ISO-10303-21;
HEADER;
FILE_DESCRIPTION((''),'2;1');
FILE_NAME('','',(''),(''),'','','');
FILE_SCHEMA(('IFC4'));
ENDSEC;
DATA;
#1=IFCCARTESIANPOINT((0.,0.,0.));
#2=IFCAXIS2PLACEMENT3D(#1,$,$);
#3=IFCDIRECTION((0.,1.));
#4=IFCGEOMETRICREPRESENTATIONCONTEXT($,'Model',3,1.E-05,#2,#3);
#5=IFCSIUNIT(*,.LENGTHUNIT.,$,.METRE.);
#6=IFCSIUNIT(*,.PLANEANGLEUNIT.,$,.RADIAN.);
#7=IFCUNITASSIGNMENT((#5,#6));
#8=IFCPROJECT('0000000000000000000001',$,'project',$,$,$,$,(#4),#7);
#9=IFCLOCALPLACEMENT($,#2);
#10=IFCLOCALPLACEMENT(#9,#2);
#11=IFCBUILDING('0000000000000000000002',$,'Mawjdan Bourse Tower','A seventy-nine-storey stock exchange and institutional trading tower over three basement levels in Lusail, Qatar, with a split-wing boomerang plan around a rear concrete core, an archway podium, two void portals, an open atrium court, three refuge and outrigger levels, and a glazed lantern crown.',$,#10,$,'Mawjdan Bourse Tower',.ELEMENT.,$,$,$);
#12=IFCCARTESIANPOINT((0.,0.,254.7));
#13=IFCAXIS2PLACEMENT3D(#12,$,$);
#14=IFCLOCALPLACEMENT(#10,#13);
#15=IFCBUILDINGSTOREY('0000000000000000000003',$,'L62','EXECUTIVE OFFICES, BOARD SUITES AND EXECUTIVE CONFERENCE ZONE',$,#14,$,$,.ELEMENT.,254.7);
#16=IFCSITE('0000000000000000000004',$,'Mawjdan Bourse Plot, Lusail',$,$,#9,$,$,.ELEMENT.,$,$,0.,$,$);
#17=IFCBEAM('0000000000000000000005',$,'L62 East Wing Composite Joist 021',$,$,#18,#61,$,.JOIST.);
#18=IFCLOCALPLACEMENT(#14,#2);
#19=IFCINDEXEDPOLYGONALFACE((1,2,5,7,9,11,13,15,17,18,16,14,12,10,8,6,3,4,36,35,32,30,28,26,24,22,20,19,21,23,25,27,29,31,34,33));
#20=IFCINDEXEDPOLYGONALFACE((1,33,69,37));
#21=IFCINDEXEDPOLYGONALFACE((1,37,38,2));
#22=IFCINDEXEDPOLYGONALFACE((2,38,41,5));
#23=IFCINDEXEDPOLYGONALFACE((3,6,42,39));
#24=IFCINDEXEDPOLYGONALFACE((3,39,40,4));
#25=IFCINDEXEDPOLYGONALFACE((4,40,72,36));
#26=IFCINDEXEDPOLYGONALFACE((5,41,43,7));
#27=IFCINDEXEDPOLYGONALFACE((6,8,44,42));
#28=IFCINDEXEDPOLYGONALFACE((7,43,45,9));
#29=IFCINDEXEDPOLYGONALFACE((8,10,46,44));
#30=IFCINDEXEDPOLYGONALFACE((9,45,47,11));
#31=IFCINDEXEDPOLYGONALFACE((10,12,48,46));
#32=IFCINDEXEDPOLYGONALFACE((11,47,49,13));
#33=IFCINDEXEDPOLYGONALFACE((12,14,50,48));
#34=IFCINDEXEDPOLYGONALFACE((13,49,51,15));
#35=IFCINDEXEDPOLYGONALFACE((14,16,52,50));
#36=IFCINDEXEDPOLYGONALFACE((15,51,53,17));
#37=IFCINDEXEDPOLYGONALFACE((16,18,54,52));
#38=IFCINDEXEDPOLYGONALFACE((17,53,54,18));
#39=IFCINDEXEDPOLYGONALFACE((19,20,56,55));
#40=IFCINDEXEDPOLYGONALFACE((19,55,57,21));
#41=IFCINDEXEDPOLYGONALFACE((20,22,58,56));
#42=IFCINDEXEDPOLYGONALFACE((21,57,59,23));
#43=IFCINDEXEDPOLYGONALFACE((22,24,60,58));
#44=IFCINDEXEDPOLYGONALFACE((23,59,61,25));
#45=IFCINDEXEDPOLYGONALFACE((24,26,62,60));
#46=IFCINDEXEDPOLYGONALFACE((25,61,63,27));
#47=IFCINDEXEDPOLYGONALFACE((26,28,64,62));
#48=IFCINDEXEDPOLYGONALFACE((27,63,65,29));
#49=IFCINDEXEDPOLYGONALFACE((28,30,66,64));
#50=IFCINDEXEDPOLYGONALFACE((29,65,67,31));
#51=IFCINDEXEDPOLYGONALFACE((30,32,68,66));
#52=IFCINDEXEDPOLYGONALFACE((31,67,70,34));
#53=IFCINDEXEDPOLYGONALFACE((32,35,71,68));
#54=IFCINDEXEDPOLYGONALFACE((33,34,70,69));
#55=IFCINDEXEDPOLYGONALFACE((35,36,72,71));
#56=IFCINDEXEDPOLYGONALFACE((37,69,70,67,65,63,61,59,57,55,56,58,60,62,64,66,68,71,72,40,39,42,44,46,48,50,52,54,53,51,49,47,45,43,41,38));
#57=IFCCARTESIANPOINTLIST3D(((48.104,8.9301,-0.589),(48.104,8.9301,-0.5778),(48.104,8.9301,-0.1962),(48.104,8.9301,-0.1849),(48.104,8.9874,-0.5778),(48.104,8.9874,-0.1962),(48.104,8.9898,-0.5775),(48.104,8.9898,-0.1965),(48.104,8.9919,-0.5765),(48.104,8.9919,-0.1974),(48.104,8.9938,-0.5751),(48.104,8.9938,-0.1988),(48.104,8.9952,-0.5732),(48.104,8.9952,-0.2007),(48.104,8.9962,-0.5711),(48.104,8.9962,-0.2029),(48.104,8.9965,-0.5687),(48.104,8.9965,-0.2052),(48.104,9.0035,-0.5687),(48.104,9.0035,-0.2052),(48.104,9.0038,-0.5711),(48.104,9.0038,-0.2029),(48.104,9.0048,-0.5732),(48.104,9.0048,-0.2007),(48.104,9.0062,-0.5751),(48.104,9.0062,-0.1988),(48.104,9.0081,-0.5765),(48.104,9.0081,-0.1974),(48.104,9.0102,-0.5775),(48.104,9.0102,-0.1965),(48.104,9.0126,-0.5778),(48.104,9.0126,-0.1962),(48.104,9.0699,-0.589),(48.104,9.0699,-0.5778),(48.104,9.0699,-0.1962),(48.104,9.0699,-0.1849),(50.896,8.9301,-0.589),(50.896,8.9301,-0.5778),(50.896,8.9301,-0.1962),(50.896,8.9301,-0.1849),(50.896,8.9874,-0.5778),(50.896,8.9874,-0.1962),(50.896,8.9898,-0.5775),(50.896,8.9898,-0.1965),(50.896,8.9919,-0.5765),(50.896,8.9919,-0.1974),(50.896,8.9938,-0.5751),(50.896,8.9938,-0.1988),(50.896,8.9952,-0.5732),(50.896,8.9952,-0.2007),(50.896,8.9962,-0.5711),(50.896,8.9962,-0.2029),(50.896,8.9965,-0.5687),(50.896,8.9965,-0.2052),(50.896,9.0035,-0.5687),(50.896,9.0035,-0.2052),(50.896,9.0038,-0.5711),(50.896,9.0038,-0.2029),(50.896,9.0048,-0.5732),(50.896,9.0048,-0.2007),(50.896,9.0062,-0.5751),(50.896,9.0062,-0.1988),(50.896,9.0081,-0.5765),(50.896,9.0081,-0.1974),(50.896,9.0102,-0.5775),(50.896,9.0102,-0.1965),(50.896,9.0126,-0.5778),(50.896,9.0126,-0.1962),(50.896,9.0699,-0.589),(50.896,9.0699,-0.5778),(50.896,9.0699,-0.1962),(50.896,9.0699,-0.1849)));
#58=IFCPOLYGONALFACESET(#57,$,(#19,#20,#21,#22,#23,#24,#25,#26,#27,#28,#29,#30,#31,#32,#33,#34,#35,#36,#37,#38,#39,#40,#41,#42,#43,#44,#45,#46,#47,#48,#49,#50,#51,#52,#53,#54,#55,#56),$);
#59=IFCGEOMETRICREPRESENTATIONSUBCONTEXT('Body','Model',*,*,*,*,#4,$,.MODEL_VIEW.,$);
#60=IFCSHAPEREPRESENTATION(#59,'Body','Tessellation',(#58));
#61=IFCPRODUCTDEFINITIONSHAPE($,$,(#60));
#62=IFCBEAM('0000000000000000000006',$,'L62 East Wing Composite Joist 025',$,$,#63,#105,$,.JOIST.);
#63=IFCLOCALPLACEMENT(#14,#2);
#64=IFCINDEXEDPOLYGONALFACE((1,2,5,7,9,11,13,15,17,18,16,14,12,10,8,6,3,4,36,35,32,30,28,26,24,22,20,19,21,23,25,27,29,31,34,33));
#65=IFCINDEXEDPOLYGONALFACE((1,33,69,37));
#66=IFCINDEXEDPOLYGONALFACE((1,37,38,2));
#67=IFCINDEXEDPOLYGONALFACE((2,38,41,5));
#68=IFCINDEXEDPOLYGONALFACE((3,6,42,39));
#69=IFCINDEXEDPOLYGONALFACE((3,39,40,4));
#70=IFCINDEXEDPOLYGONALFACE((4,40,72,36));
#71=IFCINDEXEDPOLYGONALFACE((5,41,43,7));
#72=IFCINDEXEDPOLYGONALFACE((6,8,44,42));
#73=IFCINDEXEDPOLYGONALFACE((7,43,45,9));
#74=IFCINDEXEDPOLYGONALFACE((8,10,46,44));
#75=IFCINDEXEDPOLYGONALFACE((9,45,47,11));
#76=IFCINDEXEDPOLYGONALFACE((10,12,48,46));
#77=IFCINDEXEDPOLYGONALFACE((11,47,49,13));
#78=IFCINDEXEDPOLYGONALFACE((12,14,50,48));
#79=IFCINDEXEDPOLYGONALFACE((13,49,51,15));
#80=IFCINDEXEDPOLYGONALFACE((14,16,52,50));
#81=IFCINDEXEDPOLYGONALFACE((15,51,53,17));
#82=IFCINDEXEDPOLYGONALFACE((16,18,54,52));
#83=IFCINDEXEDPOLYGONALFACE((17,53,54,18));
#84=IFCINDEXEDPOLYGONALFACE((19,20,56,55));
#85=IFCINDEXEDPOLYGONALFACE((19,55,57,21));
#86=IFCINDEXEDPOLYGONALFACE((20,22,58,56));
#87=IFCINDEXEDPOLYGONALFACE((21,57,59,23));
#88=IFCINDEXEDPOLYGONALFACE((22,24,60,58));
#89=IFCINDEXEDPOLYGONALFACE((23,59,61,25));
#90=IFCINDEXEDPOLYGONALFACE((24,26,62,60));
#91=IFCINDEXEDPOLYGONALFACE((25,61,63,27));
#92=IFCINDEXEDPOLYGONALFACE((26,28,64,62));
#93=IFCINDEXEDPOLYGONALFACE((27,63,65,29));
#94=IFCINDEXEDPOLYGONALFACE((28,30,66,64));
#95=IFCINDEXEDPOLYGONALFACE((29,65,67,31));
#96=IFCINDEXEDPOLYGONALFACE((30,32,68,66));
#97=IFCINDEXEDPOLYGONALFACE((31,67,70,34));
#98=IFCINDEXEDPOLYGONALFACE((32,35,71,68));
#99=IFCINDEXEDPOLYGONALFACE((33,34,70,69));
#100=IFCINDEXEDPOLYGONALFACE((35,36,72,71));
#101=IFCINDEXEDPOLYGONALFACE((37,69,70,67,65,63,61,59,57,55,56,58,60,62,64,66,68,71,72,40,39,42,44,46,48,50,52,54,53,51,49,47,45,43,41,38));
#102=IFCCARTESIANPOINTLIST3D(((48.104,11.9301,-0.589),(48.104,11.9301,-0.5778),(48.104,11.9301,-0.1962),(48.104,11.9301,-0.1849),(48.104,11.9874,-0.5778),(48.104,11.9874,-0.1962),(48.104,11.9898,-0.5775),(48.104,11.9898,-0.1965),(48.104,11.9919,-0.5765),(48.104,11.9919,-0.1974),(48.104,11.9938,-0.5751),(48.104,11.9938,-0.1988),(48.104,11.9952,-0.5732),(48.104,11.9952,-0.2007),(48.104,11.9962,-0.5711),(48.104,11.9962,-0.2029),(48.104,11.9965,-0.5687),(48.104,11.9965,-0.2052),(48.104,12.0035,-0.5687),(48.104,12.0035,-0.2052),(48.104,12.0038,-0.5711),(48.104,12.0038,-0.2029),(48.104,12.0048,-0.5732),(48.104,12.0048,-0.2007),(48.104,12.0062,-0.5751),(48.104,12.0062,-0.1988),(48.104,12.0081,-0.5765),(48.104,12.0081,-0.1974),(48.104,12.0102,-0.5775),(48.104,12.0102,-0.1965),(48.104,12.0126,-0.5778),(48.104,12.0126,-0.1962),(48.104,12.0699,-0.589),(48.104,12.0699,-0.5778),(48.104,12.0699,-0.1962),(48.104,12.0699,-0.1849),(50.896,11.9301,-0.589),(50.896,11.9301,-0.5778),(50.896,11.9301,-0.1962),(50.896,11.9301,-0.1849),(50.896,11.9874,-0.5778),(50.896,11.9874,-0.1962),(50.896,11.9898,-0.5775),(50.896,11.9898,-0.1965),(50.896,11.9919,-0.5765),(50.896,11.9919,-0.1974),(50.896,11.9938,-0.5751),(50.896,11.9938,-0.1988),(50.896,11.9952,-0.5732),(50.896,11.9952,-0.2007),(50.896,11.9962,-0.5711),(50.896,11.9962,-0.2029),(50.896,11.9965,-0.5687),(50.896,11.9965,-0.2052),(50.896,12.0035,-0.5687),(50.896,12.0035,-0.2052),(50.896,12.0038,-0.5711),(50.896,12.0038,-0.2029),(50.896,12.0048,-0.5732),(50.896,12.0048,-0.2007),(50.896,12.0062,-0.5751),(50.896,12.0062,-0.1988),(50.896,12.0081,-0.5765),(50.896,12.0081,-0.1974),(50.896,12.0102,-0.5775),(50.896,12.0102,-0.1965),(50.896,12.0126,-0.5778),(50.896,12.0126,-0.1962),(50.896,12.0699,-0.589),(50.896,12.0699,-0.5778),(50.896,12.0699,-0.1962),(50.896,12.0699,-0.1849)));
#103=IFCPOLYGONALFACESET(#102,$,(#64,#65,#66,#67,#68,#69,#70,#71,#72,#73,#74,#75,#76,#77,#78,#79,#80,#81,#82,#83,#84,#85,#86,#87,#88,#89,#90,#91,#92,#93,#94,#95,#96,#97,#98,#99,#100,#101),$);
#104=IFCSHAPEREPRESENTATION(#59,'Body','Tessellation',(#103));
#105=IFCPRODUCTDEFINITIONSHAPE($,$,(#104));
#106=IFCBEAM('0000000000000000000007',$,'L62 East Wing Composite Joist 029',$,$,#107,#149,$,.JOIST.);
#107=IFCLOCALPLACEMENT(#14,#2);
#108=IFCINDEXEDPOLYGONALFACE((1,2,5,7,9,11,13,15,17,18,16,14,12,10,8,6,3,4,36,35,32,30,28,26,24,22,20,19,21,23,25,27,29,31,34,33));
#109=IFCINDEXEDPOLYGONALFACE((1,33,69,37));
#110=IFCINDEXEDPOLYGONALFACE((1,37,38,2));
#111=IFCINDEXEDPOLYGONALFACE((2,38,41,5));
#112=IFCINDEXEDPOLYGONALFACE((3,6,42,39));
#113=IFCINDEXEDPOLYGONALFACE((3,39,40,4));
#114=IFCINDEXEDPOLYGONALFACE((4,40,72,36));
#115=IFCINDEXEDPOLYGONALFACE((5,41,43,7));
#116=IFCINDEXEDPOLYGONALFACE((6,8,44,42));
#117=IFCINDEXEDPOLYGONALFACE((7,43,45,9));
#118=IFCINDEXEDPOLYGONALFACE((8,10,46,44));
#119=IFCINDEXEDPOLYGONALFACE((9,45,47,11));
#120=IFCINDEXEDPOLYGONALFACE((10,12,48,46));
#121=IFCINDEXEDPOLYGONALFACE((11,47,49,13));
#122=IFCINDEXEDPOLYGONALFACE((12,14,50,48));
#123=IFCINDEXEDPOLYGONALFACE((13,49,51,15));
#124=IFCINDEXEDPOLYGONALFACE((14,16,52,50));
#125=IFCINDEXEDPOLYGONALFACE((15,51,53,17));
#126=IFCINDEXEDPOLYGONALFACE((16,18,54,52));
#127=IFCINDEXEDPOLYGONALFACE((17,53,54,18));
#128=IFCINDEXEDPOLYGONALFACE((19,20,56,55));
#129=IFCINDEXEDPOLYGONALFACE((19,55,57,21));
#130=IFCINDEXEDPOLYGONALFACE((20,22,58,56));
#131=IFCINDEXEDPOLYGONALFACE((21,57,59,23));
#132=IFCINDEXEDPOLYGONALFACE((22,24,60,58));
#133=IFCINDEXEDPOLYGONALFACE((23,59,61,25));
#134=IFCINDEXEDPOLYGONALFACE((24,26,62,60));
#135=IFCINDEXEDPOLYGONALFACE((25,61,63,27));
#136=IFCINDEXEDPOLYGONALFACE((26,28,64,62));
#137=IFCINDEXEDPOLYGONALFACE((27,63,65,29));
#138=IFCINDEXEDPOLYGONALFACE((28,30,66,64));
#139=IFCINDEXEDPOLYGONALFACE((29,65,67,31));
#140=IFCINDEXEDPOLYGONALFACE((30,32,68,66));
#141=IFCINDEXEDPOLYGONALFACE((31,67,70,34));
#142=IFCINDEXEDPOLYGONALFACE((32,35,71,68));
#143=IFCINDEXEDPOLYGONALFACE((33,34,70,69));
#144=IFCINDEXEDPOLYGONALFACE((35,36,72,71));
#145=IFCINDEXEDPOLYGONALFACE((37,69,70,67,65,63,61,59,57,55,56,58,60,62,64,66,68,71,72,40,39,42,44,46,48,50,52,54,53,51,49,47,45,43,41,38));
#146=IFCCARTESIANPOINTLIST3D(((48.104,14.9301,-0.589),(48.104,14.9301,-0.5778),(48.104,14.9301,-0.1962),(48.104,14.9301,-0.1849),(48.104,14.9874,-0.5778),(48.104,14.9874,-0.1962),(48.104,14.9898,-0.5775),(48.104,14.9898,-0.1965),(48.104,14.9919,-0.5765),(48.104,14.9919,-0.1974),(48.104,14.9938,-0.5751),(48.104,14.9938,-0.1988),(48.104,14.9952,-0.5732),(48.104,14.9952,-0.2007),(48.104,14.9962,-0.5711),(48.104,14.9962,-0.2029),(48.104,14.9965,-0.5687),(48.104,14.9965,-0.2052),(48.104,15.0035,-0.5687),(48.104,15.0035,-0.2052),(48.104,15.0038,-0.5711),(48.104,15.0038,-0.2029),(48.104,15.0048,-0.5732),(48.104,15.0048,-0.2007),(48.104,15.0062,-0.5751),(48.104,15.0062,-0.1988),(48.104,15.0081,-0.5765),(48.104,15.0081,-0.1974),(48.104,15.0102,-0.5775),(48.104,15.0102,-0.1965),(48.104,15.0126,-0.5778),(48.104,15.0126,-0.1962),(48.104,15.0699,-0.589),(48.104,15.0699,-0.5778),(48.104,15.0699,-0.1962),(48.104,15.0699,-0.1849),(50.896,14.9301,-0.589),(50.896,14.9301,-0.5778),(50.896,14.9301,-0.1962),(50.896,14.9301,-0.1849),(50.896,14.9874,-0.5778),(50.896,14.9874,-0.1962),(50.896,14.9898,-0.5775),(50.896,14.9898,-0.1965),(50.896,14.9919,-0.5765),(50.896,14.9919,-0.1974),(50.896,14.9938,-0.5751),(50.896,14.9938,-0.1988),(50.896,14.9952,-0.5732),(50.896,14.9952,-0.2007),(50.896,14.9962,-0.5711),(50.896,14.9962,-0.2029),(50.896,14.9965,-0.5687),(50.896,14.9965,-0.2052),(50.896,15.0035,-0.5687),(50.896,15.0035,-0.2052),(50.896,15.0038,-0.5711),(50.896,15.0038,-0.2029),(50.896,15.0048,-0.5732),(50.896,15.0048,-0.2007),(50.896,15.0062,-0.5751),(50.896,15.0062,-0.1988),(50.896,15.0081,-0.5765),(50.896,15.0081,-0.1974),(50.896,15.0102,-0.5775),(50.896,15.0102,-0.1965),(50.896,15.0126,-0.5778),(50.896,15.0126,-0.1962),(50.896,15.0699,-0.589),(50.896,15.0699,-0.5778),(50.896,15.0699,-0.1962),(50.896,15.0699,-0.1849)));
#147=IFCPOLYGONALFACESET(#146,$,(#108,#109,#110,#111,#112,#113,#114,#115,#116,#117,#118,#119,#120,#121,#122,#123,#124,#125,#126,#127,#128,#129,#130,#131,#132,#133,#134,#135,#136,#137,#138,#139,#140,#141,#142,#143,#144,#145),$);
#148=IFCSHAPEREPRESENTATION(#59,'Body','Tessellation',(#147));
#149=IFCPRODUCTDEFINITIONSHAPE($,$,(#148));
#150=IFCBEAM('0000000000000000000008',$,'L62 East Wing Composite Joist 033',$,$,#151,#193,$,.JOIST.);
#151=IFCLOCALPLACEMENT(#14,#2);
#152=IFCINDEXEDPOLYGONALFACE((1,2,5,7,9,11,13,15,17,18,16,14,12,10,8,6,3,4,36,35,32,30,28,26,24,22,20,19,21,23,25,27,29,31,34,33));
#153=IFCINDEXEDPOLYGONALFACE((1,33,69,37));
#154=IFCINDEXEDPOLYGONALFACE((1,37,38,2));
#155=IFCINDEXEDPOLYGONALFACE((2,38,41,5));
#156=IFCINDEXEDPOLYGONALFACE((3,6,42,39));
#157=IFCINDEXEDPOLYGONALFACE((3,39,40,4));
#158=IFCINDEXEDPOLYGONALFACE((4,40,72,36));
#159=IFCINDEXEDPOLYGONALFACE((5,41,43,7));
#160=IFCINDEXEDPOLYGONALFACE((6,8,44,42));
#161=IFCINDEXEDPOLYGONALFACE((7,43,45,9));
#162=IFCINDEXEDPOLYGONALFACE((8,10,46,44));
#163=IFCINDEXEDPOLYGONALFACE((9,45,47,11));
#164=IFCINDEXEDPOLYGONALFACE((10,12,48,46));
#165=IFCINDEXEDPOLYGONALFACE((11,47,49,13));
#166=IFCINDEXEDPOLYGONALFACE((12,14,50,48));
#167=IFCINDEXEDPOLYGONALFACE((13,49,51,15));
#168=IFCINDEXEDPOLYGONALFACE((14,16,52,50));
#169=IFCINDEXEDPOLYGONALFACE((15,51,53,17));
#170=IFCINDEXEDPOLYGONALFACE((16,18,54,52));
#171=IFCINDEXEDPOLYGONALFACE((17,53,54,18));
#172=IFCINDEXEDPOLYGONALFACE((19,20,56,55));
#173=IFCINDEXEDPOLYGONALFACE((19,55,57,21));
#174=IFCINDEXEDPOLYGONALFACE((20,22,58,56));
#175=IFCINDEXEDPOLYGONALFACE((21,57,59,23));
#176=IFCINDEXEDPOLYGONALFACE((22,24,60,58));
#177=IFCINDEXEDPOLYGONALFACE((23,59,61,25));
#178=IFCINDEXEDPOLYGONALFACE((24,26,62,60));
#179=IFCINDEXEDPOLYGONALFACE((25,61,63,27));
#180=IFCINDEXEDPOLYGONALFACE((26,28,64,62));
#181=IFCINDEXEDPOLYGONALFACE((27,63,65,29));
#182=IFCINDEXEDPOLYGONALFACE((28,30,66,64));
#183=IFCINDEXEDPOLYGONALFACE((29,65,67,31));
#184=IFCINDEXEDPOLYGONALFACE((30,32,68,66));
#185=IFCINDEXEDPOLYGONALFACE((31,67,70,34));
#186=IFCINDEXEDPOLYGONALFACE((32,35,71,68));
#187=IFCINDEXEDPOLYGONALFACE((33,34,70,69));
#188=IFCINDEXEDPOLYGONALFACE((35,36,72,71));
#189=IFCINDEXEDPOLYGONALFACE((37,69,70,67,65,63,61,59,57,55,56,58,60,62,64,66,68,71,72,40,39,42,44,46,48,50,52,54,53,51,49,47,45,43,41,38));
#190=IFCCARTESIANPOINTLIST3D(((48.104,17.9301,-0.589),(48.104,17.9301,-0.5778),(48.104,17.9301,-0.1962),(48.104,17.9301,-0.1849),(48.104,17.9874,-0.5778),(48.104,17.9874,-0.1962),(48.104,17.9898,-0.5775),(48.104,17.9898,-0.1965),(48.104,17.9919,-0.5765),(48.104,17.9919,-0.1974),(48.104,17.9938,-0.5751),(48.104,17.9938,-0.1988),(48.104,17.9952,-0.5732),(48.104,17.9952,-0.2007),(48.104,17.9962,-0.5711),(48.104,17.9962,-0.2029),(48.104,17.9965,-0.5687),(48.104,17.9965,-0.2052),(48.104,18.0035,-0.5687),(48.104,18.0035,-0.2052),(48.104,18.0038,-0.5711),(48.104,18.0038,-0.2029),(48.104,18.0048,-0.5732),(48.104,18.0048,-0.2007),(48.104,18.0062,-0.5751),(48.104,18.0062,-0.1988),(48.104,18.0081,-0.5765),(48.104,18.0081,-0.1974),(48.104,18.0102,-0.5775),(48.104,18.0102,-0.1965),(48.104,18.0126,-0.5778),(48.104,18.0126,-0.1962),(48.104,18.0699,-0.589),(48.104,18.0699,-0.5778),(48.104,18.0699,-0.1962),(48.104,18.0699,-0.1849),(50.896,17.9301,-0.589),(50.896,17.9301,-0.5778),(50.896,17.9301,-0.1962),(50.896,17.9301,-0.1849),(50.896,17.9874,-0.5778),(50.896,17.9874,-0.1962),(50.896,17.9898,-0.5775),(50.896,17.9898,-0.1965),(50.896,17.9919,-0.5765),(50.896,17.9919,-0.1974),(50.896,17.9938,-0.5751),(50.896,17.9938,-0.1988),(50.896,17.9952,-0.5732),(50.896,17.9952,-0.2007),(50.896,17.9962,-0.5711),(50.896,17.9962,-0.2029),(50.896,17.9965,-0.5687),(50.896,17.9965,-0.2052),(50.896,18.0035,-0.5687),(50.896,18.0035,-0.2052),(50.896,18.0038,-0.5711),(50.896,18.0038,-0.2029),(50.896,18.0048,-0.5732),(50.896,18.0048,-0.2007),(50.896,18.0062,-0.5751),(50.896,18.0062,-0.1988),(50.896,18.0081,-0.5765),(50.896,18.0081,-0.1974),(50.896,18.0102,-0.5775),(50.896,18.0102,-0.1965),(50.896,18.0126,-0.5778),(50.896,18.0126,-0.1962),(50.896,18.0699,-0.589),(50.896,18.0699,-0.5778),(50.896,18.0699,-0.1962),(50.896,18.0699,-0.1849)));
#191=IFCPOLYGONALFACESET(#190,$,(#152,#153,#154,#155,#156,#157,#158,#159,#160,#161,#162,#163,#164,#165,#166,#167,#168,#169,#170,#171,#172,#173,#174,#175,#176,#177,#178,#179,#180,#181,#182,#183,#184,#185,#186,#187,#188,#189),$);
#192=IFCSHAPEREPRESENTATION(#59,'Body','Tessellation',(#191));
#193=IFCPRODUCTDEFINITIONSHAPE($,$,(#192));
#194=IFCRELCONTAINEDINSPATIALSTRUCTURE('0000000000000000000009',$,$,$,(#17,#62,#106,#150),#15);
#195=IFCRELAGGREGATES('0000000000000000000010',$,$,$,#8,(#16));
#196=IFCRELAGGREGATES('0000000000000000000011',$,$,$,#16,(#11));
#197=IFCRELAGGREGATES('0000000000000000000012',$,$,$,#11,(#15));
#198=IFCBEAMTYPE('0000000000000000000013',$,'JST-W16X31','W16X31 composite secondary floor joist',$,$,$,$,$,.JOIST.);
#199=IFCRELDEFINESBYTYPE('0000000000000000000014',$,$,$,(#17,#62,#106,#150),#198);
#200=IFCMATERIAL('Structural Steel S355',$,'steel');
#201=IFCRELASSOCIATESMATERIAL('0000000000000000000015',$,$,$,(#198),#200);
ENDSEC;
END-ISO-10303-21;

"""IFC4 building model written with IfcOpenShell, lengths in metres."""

from ifc_helpers import new_model, si_unit, direction, frame, origin, origin_2d, place, context, subcontext, project, spatial, i_section, extrude, material, material_profile, profile_set, type_object, element, save


model = new_model("IFC4")

# Units and contexts
model_context = context("Model", 3, precision=1e-05, world=origin(), true_north=direction((0.0, 1.0)))
body_context = subcontext(model_context, "Body", "Model", "MODEL_VIEW")
ifc_project = project(units=[si_unit("LENGTHUNIT", "METRE"), si_unit("PLANEANGLEUNIT", "RADIAN")], contexts=[model_context])

# Site, building, storey
site_placement = place(None, origin())
site = spatial("IfcSite", under=ifc_project, at=site_placement, Name="Mawjdan Bourse Plot, Lusail", CompositionType="ELEMENT", RefElevation=0.0)
building_placement = place(site_placement, origin())
building = spatial("IfcBuilding", under=site, at=building_placement, Name="Mawjdan Bourse Tower", Description="A seventy-nine-storey stock exchange and institutional trading tower over three basement levels in Lusail, Qatar, with a split-wing boomerang plan around a rear concrete core, an archway podium, two void portals, an open atrium court, three refuge and outrigger levels, and a glazed lantern crown.", LongName="Mawjdan Bourse Tower", CompositionType="ELEMENT")
storey_placement = place(building_placement, frame((0.0, 0.0, 254.7)))
storey = spatial("IfcBuildingStorey", under=building, at=storey_placement, Name="L62", Description="EXECUTIVE OFFICES, BOARD SUITES AND EXECUTIVE CONFERENCE ZONE", CompositionType="ELEMENT", Elevation=254.7)

# Beams
ifc_material_1 = material(Name="Structural Steel S355", Category="steel")
ifc_material_profile_1 = material_profile(ifc_material_1, i_section(OverallWidth=0.1399, OverallDepth=0.4041, WebThickness=0.0071, FlangeThickness=0.0112, FilletRadius=0.009, at=origin_2d()), Name="W16X31")
ifc_profile_set_1 = profile_set([ifc_material_profile_1], Name="Structural Steel S355")
beam_type_1 = type_object("IfcBeamType", Name="JST-W16X31", Description="W16X31 composite secondary floor joist", PredefinedType="JOIST", material=ifc_profile_set_1)
for number, where, z_axis, x_axis, name in (
    (1, (48.104, 9.0, -0.387), (1.0, 0.0, 0.0), (0.0, 1.0, 0.0), "L62 East Wing Composite Joist 021"),
    (2, (48.104, 12.0, -0.387), (1.0, 0.0, 0.0), (0.0, 1.0, 0.0), "L62 East Wing Composite Joist 025"),
    (3, (48.104, 15.0, -0.387), (1.0, 0.0, 0.0), (0.0, 1.0, 0.0), "L62 East Wing Composite Joist 029"),
    (4, (48.104, 18.0, -0.387), (1.0, 0.0, 0.0), (0.0, 1.0, 0.0), "L62 East Wing Composite Joist 033"),
):
    element("IfcBeam", number, at=place(storey_placement, frame(where, z_axis=z_axis, x_axis=x_axis)), inside=storey, type_object=beam_type_1, Name=name, PredefinedType="JOIST", context=body_context, shape_type="SweptSolid", body=[
        extrude(i_section(OverallWidth=0.1399, OverallDepth=0.4041, WebThickness=0.0071, FlangeThickness=0.0112, FilletRadius=0.009, at=origin_2d()), origin(), (0.0, 0.0, 1.0), 2.792),
    ])

save(model, "model.ifc")
